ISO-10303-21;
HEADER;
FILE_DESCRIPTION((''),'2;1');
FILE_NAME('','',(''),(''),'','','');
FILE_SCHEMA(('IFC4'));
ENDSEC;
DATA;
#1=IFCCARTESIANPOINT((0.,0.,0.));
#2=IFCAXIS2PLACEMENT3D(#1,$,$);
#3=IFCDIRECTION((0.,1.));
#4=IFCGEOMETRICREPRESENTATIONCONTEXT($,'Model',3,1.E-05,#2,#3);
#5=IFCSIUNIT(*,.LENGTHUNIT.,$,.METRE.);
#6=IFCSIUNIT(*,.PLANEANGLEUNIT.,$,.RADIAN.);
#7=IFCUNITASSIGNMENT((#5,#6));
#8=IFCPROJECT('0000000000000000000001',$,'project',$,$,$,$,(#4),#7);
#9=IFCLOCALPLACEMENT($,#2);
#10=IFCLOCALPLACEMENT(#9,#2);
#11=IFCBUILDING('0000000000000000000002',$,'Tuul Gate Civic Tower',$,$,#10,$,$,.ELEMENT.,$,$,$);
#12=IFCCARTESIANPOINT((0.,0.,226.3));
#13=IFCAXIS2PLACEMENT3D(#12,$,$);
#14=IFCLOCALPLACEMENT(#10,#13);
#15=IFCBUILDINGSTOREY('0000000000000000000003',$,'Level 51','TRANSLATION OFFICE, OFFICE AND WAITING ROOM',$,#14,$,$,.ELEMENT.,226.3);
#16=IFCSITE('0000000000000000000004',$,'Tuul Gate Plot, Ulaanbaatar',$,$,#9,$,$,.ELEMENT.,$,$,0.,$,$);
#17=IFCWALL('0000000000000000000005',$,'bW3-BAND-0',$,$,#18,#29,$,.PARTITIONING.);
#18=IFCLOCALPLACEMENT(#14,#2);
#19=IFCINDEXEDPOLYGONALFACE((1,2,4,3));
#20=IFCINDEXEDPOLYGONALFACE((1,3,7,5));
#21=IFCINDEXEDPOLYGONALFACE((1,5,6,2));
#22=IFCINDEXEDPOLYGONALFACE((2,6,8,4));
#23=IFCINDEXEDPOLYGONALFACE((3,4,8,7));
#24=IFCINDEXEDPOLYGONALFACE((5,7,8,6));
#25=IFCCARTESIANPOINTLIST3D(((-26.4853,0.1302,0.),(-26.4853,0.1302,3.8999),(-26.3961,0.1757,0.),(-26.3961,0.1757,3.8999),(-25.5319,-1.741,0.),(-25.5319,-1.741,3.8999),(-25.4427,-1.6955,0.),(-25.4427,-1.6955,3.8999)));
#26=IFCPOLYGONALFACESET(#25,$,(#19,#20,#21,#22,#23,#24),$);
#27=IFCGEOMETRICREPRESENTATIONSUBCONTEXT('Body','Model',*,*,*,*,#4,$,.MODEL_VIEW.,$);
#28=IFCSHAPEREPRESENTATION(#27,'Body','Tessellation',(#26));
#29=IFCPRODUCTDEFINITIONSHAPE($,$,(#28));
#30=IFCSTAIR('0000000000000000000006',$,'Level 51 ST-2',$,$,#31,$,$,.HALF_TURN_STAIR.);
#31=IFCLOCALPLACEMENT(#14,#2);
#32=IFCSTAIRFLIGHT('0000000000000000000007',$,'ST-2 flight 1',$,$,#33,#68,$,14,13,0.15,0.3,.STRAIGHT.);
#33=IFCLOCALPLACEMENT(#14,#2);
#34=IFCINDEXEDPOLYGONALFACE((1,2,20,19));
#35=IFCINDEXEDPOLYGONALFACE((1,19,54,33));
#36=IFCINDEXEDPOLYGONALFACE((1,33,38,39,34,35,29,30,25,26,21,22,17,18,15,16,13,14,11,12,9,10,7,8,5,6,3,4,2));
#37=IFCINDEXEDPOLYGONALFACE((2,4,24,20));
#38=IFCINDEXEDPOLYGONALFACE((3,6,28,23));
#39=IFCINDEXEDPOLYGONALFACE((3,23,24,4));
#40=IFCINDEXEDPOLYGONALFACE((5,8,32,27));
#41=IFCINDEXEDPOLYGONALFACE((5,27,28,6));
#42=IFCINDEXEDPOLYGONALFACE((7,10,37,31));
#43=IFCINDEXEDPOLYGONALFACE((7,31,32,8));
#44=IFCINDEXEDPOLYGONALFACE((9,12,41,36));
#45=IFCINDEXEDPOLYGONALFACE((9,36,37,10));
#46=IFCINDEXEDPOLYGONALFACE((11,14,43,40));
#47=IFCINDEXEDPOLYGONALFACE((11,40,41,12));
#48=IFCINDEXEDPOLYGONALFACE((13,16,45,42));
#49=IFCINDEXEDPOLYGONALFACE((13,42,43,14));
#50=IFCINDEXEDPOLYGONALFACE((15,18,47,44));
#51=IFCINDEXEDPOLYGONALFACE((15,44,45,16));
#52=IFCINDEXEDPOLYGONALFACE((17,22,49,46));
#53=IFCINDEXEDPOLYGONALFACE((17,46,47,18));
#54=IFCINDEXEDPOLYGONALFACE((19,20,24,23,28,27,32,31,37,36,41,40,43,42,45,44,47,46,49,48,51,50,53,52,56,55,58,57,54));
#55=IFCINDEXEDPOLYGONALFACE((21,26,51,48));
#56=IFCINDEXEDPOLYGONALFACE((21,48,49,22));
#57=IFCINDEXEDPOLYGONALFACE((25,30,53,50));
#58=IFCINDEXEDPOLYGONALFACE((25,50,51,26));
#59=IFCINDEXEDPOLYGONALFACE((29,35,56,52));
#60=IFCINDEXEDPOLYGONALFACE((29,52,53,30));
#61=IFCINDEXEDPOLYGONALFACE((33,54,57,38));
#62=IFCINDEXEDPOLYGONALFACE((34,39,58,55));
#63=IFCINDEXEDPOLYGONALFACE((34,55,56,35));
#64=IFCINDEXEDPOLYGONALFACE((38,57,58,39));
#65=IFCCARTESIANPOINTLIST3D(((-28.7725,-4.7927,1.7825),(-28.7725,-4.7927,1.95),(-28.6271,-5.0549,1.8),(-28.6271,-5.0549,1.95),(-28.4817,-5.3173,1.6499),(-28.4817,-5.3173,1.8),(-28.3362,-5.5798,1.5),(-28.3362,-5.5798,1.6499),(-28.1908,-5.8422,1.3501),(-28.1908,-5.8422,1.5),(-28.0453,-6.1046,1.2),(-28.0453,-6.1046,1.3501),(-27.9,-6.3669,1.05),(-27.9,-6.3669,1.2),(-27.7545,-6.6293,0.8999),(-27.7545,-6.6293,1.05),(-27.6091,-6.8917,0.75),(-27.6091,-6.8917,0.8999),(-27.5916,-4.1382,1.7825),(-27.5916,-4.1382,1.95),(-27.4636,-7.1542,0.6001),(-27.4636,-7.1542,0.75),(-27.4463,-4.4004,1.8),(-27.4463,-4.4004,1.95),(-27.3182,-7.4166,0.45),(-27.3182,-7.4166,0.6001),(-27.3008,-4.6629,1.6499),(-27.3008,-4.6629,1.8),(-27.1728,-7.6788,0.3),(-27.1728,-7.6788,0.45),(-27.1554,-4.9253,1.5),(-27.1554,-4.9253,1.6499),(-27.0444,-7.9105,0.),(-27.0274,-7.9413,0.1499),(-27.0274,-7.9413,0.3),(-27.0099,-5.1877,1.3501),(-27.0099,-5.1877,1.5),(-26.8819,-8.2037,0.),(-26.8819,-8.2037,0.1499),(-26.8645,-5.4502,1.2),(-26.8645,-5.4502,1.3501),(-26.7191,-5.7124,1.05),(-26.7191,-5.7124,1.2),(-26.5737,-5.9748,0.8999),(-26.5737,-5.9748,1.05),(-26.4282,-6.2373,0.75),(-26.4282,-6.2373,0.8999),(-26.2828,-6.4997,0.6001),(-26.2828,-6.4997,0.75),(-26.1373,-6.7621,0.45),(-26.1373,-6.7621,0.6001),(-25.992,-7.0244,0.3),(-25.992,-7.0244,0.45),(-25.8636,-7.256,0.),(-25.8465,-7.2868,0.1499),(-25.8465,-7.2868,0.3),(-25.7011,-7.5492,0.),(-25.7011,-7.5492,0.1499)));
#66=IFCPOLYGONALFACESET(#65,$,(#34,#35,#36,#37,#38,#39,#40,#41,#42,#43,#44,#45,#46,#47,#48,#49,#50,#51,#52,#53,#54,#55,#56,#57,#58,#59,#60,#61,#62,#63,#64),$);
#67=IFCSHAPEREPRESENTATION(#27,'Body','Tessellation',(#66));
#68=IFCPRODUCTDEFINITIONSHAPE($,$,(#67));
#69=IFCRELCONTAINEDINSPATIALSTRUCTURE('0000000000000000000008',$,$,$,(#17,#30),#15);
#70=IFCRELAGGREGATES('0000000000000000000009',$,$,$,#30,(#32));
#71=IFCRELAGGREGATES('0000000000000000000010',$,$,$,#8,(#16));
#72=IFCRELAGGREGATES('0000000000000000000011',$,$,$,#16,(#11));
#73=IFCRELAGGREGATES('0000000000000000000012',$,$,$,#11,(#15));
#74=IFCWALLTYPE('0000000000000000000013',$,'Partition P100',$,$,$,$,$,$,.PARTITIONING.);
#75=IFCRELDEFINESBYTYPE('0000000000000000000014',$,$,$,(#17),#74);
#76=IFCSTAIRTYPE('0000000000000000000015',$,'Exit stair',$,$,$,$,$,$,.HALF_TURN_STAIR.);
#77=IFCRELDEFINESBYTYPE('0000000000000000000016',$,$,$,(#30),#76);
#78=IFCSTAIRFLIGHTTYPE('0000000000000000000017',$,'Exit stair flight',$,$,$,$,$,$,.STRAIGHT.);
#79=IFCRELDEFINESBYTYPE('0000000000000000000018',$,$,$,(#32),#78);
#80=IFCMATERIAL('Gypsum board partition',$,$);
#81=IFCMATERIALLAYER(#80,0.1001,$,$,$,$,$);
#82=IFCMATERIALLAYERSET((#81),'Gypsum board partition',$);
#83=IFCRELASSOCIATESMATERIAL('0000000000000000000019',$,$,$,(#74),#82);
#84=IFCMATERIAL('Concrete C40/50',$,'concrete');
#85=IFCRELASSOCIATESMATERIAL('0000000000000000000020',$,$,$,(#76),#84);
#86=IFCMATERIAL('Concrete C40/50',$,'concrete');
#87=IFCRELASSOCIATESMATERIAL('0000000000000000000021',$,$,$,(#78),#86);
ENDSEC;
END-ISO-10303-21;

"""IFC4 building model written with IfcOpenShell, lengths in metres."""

from ifc_helpers import new_model, si_unit, direction, frame, frame_2d, origin, place, context, subcontext, project, spatial, polyline, rectangle, outline, extrude, material, layer, layer_set, type_object, element, aggregate, save


model = new_model("IFC4")

# Units and contexts
model_context = context("Model", 3, precision=1e-05, world=origin(), true_north=direction((0.0, 1.0)))
body_context = subcontext(model_context, "Body", "Model", "MODEL_VIEW")
ifc_project = project(units=[si_unit("LENGTHUNIT", "METRE"), si_unit("PLANEANGLEUNIT", "RADIAN")], contexts=[model_context])

# Site, building, storey
site_placement = place(None, origin())
site = spatial("IfcSite", under=ifc_project, at=site_placement, Name="Tuul Gate Plot, Ulaanbaatar", CompositionType="ELEMENT", RefElevation=0.0)
building_placement = place(site_placement, origin())
building = spatial("IfcBuilding", under=site, at=building_placement, Name="Tuul Gate Civic Tower", CompositionType="ELEMENT")
storey_placement = place(building_placement, frame((0.0, 0.0, 226.3)))
storey = spatial("IfcBuildingStorey", under=building, at=storey_placement, Name="Level 51", Description="TRANSLATION OFFICE, OFFICE AND WAITING ROOM", CompositionType="ELEMENT", Elevation=226.3)

# Wall
ifc_material_1 = material(Name="Gypsum board partition")
ifc_layer_1 = layer(ifc_material_1, 0.1001)
ifc_layer_set_1 = layer_set([ifc_layer_1], Name="Gypsum board partition")
wall_type_1 = type_object("IfcWallType", Name="Partition P100", PredefinedType="PARTITIONING", material=ifc_layer_set_1)
wall_1_placement = place(storey_placement, frame((-25.4873, -1.7183, 0.0), z_axis=(0.0, 0.0, 1.0), x_axis=(-0.45399, 0.891007, 0.0)))
element("IfcWall", 1, at=wall_1_placement, inside=storey, type_object=wall_type_1, Name="bW3-BAND-0", PredefinedType="PARTITIONING", context=body_context, shape_type="SweptSolid", body=[
    extrude(rectangle(XDim=2.1001, YDim=0.1001, at=frame_2d((1.05, 0.0))), origin(), (0.0, 0.0, 1.0), 3.8999),
])

# Stair, stair flight
ifc_material_2 = material(Name="Concrete C40/50", Category="concrete")
stair_type = type_object("IfcStairType", Name="Exit stair", PredefinedType="HALF_TURN_STAIR", material=ifc_material_2)
stair_placement = place(storey_placement, origin())
stair = element("IfcStair", 2, at=stair_placement, inside=storey, type_object=stair_type, Name="Level 51 ST-2", PredefinedType="HALF_TURN_STAIR")
ifc_material_3 = material(Name="Concrete C40/50", Category="concrete")
stair_flight_type = type_object("IfcStairFlightType", Name="Exit stair flight", PredefinedType="STRAIGHT", material=ifc_material_3)
stair_flight_placement = place(storey_placement, frame((-26.2915, -7.8765, 0.0), z_axis=(0.0, 0.0, 1.0), x_axis=(-0.484762, 0.874646, 0.0)))
stair_flight = element("IfcStairFlight", 3, at=stair_flight_placement, type_object=stair_flight_type, Name="ST-2 flight 1", NumberOfRisers=14, NumberOfTreads=13, PredefinedType="STRAIGHT", RiserHeight=0.15, TreadLength=0.3, context=body_context, shape_type="SweptSolid", body=[
    extrude(outline(polyline([(0.0, 0.0), (0.0, 0.1499), (0.3, 0.1499), (0.3, 0.3), (0.6001, 0.3), (0.6001, 0.45), (0.8999, 0.45), (0.8999, 0.6001), (1.2, 0.6001), (1.2, 0.75), (1.5, 0.75), (1.5, 0.8999), (1.8, 0.8999), (1.8, 1.05), (2.1001, 1.05), (2.1001, 1.2), (2.3999, 1.2), (2.3999, 1.3501), (2.7, 1.3501), (2.7, 1.5), (3.0, 1.5), (3.0, 1.6499), (3.3, 1.6499), (3.3, 1.8), (3.6001, 1.8), (3.6001, 1.95), (3.8999, 1.95), (3.8999, 2.1001), (3.8999, 1.7825), (0.3352, 0.0), (0.0, 0.0)])), frame((0.0, 0.675, 0.0), z_axis=(0.0, -1.0, 0.0), x_axis=(1.0, 0.0, 0.0)), (0.0, 0.0, 1.0), 1.3501),
])
aggregate(stair, [stair_flight])

save(model, "model.ifc")
